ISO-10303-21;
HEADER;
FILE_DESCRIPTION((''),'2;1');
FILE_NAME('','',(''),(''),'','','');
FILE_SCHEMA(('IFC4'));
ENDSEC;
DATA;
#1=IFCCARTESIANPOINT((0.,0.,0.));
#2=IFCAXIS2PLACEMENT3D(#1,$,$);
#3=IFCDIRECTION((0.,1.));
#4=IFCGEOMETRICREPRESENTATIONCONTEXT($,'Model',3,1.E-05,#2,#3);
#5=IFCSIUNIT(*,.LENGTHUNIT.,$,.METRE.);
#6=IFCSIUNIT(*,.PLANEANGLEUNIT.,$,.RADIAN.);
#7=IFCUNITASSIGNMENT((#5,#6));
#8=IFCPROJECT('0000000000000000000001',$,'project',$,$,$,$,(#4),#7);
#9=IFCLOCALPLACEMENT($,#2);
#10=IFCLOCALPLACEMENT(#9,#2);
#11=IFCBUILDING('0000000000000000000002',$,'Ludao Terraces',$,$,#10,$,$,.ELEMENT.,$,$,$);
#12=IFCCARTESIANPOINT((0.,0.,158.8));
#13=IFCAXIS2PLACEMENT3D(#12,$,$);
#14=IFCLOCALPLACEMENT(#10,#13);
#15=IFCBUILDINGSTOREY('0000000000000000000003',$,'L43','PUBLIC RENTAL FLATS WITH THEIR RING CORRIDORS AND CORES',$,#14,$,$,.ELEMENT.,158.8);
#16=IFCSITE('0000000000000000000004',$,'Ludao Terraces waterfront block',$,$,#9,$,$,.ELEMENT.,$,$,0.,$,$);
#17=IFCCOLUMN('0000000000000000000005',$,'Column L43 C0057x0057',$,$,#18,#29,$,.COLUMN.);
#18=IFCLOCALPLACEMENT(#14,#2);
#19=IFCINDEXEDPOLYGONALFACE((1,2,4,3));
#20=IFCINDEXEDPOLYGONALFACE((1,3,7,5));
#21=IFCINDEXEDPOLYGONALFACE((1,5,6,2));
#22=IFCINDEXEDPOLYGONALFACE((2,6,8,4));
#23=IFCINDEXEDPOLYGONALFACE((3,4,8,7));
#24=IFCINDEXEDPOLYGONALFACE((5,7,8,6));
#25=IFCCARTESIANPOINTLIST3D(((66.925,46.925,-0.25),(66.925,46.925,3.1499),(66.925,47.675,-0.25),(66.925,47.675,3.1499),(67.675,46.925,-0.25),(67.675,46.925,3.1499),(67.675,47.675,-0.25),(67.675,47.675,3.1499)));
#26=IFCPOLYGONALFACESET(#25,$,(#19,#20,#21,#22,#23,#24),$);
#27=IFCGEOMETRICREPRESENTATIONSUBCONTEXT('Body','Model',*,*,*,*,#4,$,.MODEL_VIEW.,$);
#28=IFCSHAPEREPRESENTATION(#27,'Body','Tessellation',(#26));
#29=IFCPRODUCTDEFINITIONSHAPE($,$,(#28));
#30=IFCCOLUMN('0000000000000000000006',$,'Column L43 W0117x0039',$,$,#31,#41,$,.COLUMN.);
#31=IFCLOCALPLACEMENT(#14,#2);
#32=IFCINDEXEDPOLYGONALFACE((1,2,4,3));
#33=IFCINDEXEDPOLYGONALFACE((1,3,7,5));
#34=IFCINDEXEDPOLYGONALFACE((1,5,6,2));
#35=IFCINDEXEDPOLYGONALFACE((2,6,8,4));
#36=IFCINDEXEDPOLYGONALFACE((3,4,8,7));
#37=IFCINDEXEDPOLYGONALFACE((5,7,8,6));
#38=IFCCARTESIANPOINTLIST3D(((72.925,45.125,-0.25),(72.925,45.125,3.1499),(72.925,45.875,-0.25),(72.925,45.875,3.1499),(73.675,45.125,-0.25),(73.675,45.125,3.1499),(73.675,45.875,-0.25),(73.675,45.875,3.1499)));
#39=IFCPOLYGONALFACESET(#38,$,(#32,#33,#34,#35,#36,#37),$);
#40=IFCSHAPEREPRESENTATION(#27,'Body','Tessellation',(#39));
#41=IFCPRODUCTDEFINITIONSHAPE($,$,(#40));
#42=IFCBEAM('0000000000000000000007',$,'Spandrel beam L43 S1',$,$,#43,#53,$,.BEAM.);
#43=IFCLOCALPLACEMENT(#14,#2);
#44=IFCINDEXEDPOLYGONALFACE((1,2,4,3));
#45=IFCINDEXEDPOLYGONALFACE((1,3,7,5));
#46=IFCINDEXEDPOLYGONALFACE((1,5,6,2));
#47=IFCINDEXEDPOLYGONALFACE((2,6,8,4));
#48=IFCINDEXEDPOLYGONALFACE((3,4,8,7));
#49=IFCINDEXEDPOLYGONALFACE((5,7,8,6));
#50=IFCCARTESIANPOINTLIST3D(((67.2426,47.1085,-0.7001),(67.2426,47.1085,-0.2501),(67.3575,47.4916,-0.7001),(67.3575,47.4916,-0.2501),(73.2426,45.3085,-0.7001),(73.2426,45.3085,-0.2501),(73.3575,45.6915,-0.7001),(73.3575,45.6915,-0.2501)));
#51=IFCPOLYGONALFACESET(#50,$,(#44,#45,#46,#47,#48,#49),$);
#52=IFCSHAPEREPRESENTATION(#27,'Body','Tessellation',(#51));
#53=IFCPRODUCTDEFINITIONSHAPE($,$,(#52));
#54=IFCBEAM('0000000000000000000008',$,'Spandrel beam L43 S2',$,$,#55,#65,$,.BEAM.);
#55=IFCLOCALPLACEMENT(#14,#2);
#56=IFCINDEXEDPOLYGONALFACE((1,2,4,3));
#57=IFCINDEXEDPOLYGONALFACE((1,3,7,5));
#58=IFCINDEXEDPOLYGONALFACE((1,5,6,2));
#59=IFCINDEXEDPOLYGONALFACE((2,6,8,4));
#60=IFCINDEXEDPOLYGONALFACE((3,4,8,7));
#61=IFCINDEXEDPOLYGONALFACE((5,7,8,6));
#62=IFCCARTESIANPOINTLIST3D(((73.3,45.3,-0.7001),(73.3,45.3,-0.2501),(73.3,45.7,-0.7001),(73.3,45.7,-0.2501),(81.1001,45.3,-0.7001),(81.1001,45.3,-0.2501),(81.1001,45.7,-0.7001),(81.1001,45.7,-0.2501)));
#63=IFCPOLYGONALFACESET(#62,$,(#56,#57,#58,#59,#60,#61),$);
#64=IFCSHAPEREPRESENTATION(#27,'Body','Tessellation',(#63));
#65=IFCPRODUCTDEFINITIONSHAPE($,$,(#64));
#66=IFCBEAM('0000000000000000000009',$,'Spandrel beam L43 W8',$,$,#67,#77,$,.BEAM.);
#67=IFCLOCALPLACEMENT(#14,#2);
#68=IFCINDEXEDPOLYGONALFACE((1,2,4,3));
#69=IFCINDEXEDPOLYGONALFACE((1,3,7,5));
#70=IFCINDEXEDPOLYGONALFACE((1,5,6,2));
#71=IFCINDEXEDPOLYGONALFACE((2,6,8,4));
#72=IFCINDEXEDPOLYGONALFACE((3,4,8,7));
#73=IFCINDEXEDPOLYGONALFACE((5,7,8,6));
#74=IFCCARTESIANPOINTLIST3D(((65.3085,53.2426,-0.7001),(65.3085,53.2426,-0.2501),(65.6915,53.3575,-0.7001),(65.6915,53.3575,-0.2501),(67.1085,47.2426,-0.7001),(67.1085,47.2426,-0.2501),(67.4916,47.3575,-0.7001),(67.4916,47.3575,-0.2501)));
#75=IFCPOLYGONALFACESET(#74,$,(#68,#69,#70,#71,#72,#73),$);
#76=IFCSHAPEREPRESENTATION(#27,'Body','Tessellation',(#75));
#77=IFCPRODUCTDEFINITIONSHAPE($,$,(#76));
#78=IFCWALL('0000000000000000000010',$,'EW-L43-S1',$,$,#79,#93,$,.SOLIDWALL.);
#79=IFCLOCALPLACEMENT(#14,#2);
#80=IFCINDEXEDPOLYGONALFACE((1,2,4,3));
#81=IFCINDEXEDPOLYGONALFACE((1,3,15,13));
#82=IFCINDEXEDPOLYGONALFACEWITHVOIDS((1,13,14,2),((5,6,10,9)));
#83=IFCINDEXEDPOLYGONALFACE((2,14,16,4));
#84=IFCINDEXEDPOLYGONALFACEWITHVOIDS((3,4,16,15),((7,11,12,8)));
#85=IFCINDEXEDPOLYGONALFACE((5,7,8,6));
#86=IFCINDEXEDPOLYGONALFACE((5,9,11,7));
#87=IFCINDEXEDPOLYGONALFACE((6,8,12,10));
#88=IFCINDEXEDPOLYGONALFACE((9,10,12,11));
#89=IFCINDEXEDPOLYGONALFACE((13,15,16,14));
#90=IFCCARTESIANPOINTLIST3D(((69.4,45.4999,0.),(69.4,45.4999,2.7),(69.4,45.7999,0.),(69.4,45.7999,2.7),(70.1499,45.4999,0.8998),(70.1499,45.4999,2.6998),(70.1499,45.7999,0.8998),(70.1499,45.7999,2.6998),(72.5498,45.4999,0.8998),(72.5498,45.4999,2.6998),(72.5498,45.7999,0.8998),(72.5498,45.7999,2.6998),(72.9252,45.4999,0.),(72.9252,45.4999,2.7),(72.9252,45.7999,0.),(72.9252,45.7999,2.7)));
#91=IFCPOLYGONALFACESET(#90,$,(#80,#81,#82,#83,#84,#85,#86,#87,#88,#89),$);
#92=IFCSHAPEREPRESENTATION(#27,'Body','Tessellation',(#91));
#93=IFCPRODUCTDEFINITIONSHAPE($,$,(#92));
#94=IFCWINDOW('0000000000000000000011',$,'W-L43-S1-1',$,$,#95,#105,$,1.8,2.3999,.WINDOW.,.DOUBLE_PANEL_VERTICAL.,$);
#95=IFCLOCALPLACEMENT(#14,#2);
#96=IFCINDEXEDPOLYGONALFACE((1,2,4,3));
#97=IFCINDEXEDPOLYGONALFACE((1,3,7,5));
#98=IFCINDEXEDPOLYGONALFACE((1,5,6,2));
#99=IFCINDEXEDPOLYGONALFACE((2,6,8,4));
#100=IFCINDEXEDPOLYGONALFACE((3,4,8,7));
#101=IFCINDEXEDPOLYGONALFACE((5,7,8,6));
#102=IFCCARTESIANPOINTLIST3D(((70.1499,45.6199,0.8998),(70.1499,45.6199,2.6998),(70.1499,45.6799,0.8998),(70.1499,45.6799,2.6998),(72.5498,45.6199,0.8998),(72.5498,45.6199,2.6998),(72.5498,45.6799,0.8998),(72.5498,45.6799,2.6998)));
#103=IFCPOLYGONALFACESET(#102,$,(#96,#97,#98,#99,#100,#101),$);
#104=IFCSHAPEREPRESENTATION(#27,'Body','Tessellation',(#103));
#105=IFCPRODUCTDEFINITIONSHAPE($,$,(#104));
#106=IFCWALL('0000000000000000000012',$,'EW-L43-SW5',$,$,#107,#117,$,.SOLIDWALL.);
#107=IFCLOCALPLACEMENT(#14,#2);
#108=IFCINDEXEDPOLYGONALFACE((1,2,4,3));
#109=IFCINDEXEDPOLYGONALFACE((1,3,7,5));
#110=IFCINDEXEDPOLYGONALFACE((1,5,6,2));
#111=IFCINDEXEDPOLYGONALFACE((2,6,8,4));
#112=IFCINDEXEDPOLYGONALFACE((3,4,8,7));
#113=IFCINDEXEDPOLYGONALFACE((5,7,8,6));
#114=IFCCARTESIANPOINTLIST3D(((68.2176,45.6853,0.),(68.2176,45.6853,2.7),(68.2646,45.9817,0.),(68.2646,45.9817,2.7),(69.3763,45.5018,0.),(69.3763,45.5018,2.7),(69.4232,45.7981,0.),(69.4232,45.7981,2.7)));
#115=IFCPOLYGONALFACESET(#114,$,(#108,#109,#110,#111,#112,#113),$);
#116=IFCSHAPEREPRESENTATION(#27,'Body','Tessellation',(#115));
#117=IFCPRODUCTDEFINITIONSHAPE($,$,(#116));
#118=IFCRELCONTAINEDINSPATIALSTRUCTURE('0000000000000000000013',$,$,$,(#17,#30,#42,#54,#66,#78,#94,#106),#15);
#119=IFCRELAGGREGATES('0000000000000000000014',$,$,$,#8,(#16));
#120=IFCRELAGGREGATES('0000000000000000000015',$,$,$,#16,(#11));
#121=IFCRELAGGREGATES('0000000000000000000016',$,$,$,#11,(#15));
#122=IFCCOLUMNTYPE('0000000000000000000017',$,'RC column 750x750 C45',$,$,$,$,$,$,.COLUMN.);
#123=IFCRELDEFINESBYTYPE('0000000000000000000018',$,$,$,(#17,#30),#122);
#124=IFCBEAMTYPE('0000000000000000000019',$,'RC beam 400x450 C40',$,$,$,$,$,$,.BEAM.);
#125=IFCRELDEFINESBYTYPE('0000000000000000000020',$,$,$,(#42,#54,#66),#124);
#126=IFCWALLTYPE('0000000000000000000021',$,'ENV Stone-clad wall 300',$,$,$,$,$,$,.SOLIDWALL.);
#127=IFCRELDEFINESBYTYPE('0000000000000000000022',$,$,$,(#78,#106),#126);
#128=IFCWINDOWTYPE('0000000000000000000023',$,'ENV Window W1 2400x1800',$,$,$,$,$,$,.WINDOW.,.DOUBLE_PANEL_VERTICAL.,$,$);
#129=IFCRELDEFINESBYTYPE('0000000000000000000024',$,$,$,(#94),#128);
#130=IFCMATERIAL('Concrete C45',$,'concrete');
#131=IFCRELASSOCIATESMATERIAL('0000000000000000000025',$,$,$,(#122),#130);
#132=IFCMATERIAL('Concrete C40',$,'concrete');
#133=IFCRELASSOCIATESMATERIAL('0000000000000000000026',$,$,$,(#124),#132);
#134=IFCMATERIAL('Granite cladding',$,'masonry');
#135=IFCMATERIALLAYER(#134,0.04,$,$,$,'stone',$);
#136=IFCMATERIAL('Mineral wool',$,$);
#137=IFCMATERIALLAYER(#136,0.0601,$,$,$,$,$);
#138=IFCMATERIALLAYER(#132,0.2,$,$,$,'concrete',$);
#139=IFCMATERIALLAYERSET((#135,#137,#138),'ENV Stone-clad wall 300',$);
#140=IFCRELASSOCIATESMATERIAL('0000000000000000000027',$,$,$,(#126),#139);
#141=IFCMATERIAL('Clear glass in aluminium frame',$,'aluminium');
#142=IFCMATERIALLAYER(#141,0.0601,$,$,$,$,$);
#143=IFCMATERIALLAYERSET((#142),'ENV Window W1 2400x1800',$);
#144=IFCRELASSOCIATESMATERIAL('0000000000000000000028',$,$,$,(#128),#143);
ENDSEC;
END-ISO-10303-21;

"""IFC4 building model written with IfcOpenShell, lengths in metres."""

from ifc_helpers import new_model, si_unit, direction, frame, frame_2d, origin, origin_2d, place, context, subcontext, project, spatial, rectangle, extrude, material, layer, layer_set, material_profile, profile_set, type_object, element, fill, save


model = new_model("IFC4")

# Units and contexts
model_context = context("Model", 3, precision=1e-05, world=origin(), true_north=direction((0.0, 1.0)))
body_context = subcontext(model_context, "Body", "Model", "MODEL_VIEW")
ifc_project = project(units=[si_unit("LENGTHUNIT", "METRE"), si_unit("PLANEANGLEUNIT", "RADIAN")], contexts=[model_context])

# Site, building, storey
site_placement = place(None, origin())
site = spatial("IfcSite", under=ifc_project, at=site_placement, Name="Ludao Terraces waterfront block", CompositionType="ELEMENT", RefElevation=0.0)
building_placement = place(site_placement, origin())
building = spatial("IfcBuilding", under=site, at=building_placement, Name="Ludao Terraces", CompositionType="ELEMENT")
storey_placement = place(building_placement, frame((0.0, 0.0, 158.8)))
storey = spatial("IfcBuildingStorey", under=building, at=storey_placement, Name="L43", Description="PUBLIC RENTAL FLATS WITH THEIR RING CORRIDORS AND CORES", CompositionType="ELEMENT", Elevation=158.8)

# Columns
ifc_material_1 = material(Name="Concrete C45", Category="concrete")
ifc_material_profile_1 = material_profile(ifc_material_1, rectangle(XDim=0.75, YDim=0.75, at=origin_2d()), Name="750 X 750")
ifc_profile_set_1 = profile_set([ifc_material_profile_1], Name="Concrete C45")
column_type = type_object("IfcColumnType", Name="RC column 750x750 C45", PredefinedType="COLUMN", material=ifc_profile_set_1)
for number, where, z_axis, x_axis, name in (
    (1, (67.3, 47.3, -0.25), (0.0, 0.0, 1.0), (1.0, 0.0, 0.0), "Column L43 C0057x0057"),
    (2, (73.3, 45.5, -0.25), (0.0, 0.0, 1.0), (1.0, 0.0, 0.0), "Column L43 W0117x0039"),
):
    element("IfcColumn", number, at=place(storey_placement, frame(where, z_axis=z_axis, x_axis=x_axis)), inside=storey, type_object=column_type, Name=name, PredefinedType="COLUMN", context=body_context, shape_type="SweptSolid", body=[
        extrude(rectangle(XDim=0.75, YDim=0.75, at=origin_2d()), origin(), (0.0, 0.0, 1.0), 3.3999),
    ])

# Beams
ifc_material_2 = material(Name="Concrete C40", Category="concrete")
ifc_material_profile_2 = material_profile(ifc_material_2, rectangle(XDim=0.3999, YDim=0.45, at=origin_2d()), Name="400 X 450")
ifc_profile_set_2 = profile_set([ifc_material_profile_2], Name="Concrete C40")
beam_type = type_object("IfcBeamType", Name="RC beam 400x450 C40", PredefinedType="BEAM", material=ifc_profile_set_2)
beam_1_placement = place(storey_placement, frame((67.3, 47.3, -0.4751), z_axis=(0.957824, -0.287355, 0.0), x_axis=(0.287355, 0.957824, 0.0)))
element("IfcBeam", 3, at=beam_1_placement, inside=storey, type_object=beam_type, Name="Spandrel beam L43 S1", PredefinedType="BEAM", context=body_context, shape_type="SweptSolid", body=[
    extrude(rectangle(XDim=0.3999, YDim=0.45, at=origin_2d()), origin(), (0.0, 0.0, 1.0), 6.2642),
])
beam_2_placement = place(storey_placement, frame((73.3, 45.5, -0.4751), z_axis=(1.0, 0.0, 0.0), x_axis=(0.0, 1.0, 0.0)))
element("IfcBeam", 4, at=beam_2_placement, inside=storey, type_object=beam_type, Name="Spandrel beam L43 S2", PredefinedType="BEAM", context=body_context, shape_type="SweptSolid", body=[
    extrude(rectangle(XDim=0.3999, YDim=0.45, at=origin_2d()), origin(), (0.0, 0.0, 1.0), 7.8),
])
beam_3_placement = place(storey_placement, frame((67.3, 47.3, -0.4751), z_axis=(-0.287355, 0.957824, 0.0), x_axis=(-0.957824, -0.287355, 0.0)))
element("IfcBeam", 5, at=beam_3_placement, inside=storey, type_object=beam_type, Name="Spandrel beam L43 W8", PredefinedType="BEAM", context=body_context, shape_type="SweptSolid", body=[
    extrude(rectangle(XDim=0.3999, YDim=0.45, at=origin_2d()), origin(), (0.0, 0.0, 1.0), 6.2642),
])

# Wall, opening, window
ifc_material_3 = material(Name="Granite cladding", Category="masonry")
ifc_layer_1 = layer(ifc_material_3, 0.04, Category="stone")
ifc_material_4 = material(Name="Mineral wool")
ifc_layer_2 = layer(ifc_material_4, 0.0601)
ifc_layer_3 = layer(ifc_material_2, 0.2, Category="concrete")
ifc_layer_set_1 = layer_set([ifc_layer_1, ifc_layer_2, ifc_layer_3], Name="ENV Stone-clad wall 300")
wall_type_1 = type_object("IfcWallType", Name="ENV Stone-clad wall 300", PredefinedType="SOLIDWALL", material=ifc_layer_set_1)
wall_1_placement = place(storey_placement, frame((69.3999, 45.6499, 0.0), z_axis=(0.0, 0.0, 1.0), x_axis=(1.0, 0.0, 0.0)))
wall_1 = element("IfcWall", 6, at=wall_1_placement, inside=storey, type_object=wall_type_1, Name="EW-L43-S1", PredefinedType="SOLIDWALL", context=body_context, shape_type="SweptSolid", body=[
    extrude(rectangle(XDim=3.5251, YDim=0.3, at=frame_2d((1.7627, 0.0))), origin(), (0.0, 0.0, 1.0), 2.7),
])
opening_1_placement = place(wall_1_placement, frame((0.75, 0.0, 0.8999)))
opening_1 = element("IfcOpeningElement", 7, at=opening_1_placement, cuts=wall_1, PredefinedType="OPENING", context=body_context, shape_type="SweptSolid", body=[
    extrude(rectangle(XDim=2.3999, YDim=1.8, at=frame_2d((1.2, 0.8999))), frame((0.0, 0.1602, 0.0), z_axis=(0.0, -1.0, 0.0), x_axis=(1.0, 0.0, 0.0)), (0.0, 0.0, 1.0), 0.3201),
])
ifc_material_5 = material(Name="Clear glass in aluminium frame", Category="aluminium")
ifc_layer_4 = layer(ifc_material_5, 0.0601)
ifc_layer_set_2 = layer_set([ifc_layer_4], Name="ENV Window W1 2400x1800")
window_type = type_object("IfcWindowType", Name="ENV Window W1 2400x1800", PartitioningType="DOUBLE_PANEL_VERTICAL", PredefinedType="WINDOW", material=ifc_layer_set_2)
window_placement = place(opening_1_placement, origin())
window = element("IfcWindow", 8, at=window_placement, inside=storey, type_object=window_type, Name="W-L43-S1-1", OverallHeight=1.8, OverallWidth=2.3999, PartitioningType="DOUBLE_PANEL_VERTICAL", PredefinedType="WINDOW", context=body_context, shape_type="SweptSolid", body=[
    extrude(rectangle(XDim=2.3999, YDim=1.8, at=frame_2d((1.2, 0.8999))), frame((0.0, 0.03, 0.0), z_axis=(0.0, -1.0, 0.0), x_axis=(1.0, 0.0, 0.0)), (0.0, 0.0, 1.0), 0.0601),
])
fill(opening_1, window)

# Wall
wall_2_placement = place(storey_placement, frame((68.2412, 45.8335, 0.0), z_axis=(0.0, 0.0, 1.0), x_axis=(0.987678, -0.156497, 0.0)))
element("IfcWall", 9, at=wall_2_placement, inside=storey, type_object=wall_type_1, Name="EW-L43-SW5", PredefinedType="SOLIDWALL", context=body_context, shape_type="SweptSolid", body=[
    extrude(rectangle(XDim=1.1731, YDim=0.3, at=frame_2d((0.5864, 0.0))), origin(), (0.0, 0.0, 1.0), 2.7),
])

save(model, "model.ifc")
